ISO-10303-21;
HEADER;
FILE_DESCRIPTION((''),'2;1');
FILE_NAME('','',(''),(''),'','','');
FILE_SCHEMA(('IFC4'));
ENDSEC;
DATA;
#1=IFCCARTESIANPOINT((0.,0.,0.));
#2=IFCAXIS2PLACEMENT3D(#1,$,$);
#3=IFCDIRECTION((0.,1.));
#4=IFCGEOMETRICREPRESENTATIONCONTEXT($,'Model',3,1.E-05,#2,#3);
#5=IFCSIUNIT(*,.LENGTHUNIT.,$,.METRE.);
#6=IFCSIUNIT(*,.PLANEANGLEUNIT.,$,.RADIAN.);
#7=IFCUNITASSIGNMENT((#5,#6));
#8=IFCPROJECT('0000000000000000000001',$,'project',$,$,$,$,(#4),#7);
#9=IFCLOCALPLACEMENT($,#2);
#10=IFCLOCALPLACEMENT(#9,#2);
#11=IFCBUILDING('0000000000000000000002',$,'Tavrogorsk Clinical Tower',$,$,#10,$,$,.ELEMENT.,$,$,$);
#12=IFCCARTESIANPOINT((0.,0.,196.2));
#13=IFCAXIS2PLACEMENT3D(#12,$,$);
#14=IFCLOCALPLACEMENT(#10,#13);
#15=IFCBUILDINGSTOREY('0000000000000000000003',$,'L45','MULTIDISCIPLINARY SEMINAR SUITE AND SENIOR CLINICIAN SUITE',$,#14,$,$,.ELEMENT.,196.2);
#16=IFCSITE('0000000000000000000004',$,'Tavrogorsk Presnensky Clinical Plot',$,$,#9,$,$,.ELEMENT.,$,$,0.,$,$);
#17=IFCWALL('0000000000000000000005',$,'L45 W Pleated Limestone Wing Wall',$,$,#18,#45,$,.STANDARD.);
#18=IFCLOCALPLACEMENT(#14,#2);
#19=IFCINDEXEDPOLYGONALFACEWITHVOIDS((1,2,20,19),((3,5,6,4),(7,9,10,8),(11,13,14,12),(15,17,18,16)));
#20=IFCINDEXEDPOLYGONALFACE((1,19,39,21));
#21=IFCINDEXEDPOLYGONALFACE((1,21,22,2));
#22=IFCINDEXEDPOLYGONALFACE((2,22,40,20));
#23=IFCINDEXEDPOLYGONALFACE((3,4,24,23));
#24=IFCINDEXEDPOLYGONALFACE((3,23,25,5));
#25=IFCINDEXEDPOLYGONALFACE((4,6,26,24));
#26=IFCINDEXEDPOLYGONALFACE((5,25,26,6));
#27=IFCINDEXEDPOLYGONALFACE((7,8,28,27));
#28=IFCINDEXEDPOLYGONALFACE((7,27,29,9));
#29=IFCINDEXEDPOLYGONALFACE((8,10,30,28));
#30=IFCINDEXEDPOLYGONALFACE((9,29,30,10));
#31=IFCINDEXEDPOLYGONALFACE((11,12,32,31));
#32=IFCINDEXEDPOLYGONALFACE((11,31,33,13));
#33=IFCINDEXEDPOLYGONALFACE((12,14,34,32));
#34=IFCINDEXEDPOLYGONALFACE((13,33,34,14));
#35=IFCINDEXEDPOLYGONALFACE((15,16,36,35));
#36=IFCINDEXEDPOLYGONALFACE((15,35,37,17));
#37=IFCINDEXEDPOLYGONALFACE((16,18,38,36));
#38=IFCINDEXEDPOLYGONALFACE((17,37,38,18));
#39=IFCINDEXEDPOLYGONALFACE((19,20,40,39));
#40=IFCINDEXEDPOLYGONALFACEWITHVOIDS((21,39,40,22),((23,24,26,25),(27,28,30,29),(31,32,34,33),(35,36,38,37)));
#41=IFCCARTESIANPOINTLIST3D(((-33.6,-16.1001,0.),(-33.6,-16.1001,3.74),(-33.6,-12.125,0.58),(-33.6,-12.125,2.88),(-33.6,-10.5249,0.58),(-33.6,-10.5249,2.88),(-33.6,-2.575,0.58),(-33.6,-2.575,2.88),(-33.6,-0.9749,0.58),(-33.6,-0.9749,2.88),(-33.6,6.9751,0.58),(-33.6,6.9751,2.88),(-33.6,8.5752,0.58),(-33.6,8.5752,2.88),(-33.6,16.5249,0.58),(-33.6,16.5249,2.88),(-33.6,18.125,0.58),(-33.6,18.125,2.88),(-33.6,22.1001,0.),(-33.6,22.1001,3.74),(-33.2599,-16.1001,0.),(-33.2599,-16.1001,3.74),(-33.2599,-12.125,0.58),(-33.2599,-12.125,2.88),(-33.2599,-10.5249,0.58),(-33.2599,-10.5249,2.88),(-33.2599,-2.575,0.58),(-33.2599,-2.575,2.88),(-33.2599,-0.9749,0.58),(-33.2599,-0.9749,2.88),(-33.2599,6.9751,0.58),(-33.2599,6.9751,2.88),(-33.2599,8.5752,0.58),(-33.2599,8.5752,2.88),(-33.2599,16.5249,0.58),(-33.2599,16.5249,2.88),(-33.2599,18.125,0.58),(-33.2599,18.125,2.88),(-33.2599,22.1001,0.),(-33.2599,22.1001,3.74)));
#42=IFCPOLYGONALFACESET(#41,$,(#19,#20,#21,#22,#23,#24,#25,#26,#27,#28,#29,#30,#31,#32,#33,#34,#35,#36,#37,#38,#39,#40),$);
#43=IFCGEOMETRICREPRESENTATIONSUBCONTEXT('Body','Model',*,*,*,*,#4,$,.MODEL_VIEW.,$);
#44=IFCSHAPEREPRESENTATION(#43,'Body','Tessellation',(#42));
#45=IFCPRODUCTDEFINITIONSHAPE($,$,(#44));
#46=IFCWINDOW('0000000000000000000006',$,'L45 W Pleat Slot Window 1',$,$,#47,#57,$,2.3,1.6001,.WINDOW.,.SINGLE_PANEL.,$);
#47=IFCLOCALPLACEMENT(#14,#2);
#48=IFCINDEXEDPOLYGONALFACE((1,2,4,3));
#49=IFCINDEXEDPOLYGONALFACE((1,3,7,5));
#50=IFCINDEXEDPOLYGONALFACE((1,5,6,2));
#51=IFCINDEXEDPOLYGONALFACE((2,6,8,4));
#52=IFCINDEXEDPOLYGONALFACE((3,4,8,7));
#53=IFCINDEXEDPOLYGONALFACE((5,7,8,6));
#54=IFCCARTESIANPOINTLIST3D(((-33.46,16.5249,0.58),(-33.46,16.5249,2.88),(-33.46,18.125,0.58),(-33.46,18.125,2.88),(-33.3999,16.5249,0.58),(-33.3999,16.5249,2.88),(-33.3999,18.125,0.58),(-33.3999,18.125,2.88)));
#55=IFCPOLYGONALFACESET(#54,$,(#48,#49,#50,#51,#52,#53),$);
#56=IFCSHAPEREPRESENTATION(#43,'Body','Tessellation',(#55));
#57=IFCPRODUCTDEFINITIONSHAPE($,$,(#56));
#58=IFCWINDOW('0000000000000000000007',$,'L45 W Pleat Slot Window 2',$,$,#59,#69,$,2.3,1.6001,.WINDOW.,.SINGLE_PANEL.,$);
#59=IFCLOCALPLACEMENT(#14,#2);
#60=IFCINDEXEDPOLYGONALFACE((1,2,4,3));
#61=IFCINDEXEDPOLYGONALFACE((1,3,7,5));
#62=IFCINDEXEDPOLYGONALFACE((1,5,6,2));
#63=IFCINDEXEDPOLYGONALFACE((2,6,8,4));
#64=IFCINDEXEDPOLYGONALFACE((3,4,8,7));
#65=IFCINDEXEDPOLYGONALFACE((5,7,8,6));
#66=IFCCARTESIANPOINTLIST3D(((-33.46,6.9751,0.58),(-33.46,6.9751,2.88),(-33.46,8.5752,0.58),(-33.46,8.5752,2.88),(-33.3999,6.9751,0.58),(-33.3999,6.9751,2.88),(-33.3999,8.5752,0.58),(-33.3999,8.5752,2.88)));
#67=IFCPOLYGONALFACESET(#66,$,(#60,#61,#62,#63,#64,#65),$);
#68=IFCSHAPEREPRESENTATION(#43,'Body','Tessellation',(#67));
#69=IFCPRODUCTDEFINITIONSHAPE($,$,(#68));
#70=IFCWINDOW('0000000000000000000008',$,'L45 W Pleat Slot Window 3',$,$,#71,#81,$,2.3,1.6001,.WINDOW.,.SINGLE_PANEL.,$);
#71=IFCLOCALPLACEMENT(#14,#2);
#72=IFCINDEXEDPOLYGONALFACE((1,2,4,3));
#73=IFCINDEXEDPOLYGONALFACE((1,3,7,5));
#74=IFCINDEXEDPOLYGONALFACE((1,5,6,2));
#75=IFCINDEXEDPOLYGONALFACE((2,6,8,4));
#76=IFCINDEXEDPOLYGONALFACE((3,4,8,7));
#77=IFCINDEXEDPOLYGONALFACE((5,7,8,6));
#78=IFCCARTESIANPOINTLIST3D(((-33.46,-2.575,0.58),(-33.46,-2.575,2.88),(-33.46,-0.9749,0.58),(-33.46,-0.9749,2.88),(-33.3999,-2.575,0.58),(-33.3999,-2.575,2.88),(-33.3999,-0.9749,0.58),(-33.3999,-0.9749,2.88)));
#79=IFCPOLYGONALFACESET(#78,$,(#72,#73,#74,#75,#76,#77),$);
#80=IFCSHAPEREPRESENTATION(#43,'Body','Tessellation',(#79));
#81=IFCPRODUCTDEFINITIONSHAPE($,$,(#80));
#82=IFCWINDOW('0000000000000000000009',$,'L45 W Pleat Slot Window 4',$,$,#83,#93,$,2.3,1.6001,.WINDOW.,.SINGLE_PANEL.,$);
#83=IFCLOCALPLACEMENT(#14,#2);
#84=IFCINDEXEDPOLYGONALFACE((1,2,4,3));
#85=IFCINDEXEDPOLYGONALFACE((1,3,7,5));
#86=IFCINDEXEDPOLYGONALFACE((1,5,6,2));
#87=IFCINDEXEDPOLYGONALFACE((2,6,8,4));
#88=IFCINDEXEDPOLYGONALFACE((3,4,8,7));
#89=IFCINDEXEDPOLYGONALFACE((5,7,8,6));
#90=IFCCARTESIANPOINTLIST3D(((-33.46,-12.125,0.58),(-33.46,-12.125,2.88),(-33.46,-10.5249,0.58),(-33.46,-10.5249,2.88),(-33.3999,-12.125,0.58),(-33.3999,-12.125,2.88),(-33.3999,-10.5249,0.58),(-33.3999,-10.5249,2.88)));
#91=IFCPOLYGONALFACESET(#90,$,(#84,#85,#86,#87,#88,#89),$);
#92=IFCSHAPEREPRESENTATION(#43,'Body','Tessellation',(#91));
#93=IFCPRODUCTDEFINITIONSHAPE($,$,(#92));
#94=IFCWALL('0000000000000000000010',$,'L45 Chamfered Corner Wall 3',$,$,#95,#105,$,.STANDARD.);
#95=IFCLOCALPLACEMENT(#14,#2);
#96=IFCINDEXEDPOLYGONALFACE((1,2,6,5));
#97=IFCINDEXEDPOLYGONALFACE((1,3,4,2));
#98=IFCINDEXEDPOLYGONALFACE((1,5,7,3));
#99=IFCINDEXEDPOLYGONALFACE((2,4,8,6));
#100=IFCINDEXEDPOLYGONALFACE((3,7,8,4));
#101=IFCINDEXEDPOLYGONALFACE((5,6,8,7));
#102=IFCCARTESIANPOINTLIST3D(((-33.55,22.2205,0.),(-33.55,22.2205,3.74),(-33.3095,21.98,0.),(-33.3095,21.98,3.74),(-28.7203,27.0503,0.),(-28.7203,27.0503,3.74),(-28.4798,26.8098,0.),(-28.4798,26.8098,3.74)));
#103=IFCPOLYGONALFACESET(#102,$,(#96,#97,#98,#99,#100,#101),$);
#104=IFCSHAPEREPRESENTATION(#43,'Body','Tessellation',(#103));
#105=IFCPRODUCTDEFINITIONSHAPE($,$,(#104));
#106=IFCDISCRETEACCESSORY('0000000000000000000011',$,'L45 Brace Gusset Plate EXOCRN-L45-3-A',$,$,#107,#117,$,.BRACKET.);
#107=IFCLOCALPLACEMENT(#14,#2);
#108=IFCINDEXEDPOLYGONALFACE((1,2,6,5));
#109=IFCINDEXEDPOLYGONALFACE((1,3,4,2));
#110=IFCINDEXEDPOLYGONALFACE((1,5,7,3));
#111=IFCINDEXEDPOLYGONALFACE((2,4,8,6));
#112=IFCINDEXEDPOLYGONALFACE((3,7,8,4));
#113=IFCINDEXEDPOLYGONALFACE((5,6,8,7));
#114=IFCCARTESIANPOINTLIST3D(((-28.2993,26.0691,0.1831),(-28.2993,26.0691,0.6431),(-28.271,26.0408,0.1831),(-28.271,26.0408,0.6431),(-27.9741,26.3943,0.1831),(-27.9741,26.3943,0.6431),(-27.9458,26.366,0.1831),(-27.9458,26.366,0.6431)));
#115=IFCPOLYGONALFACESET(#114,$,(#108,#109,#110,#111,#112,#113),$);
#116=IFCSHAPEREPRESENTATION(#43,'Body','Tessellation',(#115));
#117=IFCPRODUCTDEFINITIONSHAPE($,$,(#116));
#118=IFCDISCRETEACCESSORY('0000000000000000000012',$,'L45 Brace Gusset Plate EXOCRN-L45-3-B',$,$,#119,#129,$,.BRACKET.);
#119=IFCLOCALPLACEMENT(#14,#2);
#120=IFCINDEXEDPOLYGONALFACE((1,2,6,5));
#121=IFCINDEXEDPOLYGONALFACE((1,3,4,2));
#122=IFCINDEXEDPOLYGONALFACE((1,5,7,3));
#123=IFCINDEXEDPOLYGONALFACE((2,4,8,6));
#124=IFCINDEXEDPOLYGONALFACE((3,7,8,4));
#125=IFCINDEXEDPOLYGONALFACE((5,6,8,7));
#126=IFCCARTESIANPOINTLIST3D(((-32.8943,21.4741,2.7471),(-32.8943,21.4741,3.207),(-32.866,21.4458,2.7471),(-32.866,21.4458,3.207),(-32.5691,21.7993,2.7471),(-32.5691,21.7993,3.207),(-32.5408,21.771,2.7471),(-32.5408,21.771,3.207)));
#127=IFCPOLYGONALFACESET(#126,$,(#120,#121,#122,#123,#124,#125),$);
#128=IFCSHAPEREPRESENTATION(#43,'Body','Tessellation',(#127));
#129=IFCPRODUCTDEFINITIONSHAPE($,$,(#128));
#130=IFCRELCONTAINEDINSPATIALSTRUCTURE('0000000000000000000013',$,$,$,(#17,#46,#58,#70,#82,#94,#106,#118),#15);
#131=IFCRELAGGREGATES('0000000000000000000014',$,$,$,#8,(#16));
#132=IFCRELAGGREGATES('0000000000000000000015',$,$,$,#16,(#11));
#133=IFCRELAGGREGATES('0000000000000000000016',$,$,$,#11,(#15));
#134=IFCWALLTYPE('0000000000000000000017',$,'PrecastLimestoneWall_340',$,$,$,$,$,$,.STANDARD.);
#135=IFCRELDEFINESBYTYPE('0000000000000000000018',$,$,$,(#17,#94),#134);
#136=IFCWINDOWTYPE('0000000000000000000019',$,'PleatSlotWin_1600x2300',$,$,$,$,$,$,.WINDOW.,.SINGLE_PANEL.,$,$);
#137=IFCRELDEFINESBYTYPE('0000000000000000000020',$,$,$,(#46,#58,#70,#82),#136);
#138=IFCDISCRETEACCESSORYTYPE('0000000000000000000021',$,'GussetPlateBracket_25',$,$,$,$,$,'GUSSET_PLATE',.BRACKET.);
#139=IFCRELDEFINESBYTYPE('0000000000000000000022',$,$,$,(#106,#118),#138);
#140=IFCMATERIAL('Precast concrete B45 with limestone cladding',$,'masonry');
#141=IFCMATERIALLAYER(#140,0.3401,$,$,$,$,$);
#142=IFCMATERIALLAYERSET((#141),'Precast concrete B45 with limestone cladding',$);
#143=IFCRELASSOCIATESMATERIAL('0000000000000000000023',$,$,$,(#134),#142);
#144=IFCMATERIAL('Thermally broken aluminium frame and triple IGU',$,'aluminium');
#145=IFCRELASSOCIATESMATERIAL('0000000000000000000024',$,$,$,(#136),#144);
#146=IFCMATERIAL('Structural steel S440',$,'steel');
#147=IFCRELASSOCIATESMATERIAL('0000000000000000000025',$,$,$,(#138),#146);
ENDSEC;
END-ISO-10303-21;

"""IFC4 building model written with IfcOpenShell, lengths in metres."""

from ifc_helpers import new_model, si_unit, direction, frame, frame_2d, origin, origin_2d, place, context, subcontext, project, spatial, rectangle, extrude, material, layer, layer_set, type_object, element, fill, save


model = new_model("IFC4")

# Units and contexts
model_context = context("Model", 3, precision=1e-05, world=origin(), true_north=direction((0.0, 1.0)))
body_context = subcontext(model_context, "Body", "Model", "MODEL_VIEW")
ifc_project = project(units=[si_unit("LENGTHUNIT", "METRE"), si_unit("PLANEANGLEUNIT", "RADIAN")], contexts=[model_context])

# Site, building, storey
site_placement = place(None, origin())
site = spatial("IfcSite", under=ifc_project, at=site_placement, Name="Tavrogorsk Presnensky Clinical Plot", CompositionType="ELEMENT", RefElevation=0.0)
building_placement = place(site_placement, origin())
building = spatial("IfcBuilding", under=site, at=building_placement, Name="Tavrogorsk Clinical Tower", CompositionType="ELEMENT")
storey_placement = place(building_placement, frame((0.0, 0.0, 196.2)))
storey = spatial("IfcBuildingStorey", under=building, at=storey_placement, Name="L45", Description="MULTIDISCIPLINARY SEMINAR SUITE AND SENIOR CLINICIAN SUITE", CompositionType="ELEMENT", Elevation=196.2)

# Wall, openings, windows
ifc_material_1 = material(Name="Precast concrete B45 with limestone cladding", Category="masonry")
ifc_layer_1 = layer(ifc_material_1, 0.3401)
ifc_layer_set_1 = layer_set([ifc_layer_1], Name="Precast concrete B45 with limestone cladding")
wall_type_1 = type_object("IfcWallType", Name="PrecastLimestoneWall_340", PredefinedType="STANDARD", material=ifc_layer_set_1)
wall_1_placement = place(storey_placement, frame((-33.4299, 22.1001, 0.0), z_axis=(0.0, 0.0, 1.0), x_axis=(0.0, -1.0, 0.0)))
wall_1 = element("IfcWall", 1, at=wall_1_placement, inside=storey, type_object=wall_type_1, Name="L45 W Pleated Limestone Wing Wall", PredefinedType="STANDARD", context=body_context, shape_type="SweptSolid", body=[
    extrude(rectangle(XDim=38.2002, YDim=0.3401, at=frame_2d((19.1001, 0.0))), origin(), (0.0, 0.0, 1.0), 3.74),
])
opening_1_placement = place(wall_1_placement, frame((3.9751, 0.0, 0.5801)))
opening_1 = element("IfcOpeningElement", 2, at=opening_1_placement, cuts=wall_1, PredefinedType="OPENING", context=body_context, shape_type="SweptSolid", body=[
    extrude(rectangle(XDim=1.6001, YDim=2.3, at=frame_2d((0.8, 1.1499))), frame((0.0, 0.1799, 0.0), z_axis=(0.0, -1.0, 0.0), x_axis=(1.0, 0.0, 0.0)), (0.0, 0.0, 1.0), 0.3601),
])
opening_2_placement = place(wall_1_placement, frame((13.5249, 0.0, 0.5801)))
opening_2 = element("IfcOpeningElement", 3, at=opening_2_placement, cuts=wall_1, PredefinedType="OPENING", context=body_context, shape_type="SweptSolid", body=[
    extrude(rectangle(XDim=1.6001, YDim=2.3, at=frame_2d((0.8, 1.1499))), frame((0.0, 0.1799, 0.0), z_axis=(0.0, -1.0, 0.0), x_axis=(1.0, 0.0, 0.0)), (0.0, 0.0, 1.0), 0.3601),
])
opening_3_placement = place(wall_1_placement, frame((23.075, 0.0, 0.5801)))
opening_3 = element("IfcOpeningElement", 4, at=opening_3_placement, cuts=wall_1, PredefinedType="OPENING", context=body_context, shape_type="SweptSolid", body=[
    extrude(rectangle(XDim=1.6001, YDim=2.3, at=frame_2d((0.8, 1.1499))), frame((0.0, 0.1799, 0.0), z_axis=(0.0, -1.0, 0.0), x_axis=(1.0, 0.0, 0.0)), (0.0, 0.0, 1.0), 0.3601),
])
opening_4_placement = place(wall_1_placement, frame((32.625, 0.0, 0.5801)))
opening_4 = element("IfcOpeningElement", 5, at=opening_4_placement, cuts=wall_1, PredefinedType="OPENING", context=body_context, shape_type="SweptSolid", body=[
    extrude(rectangle(XDim=1.6001, YDim=2.3, at=frame_2d((0.8, 1.1499))), frame((0.0, 0.1799, 0.0), z_axis=(0.0, -1.0, 0.0), x_axis=(1.0, 0.0, 0.0)), (0.0, 0.0, 1.0), 0.3601),
])
ifc_material_2 = material(Name="Thermally broken aluminium frame and triple IGU", Category="aluminium")
window_type = type_object("IfcWindowType", Name="PleatSlotWin_1600x2300", PartitioningType="SINGLE_PANEL", PredefinedType="WINDOW", material=ifc_material_2)
window_1_placement = place(opening_1_placement, origin())
window_1 = element("IfcWindow", 6, at=window_1_placement, inside=storey, type_object=window_type, Name="L45 W Pleat Slot Window 1", OverallHeight=2.3, OverallWidth=1.6001, PartitioningType="SINGLE_PANEL", PredefinedType="WINDOW", context=body_context, shape_type="SweptSolid", body=[
    extrude(rectangle(XDim=1.6001, YDim=2.3, at=frame_2d((0.8, 1.1499))), frame((0.0, 0.03, 0.0), z_axis=(0.0, -1.0, 0.0), x_axis=(1.0, 0.0, 0.0)), (0.0, 0.0, 1.0), 0.0601),
])
fill(opening_1, window_1)
window_2_placement = place(opening_2_placement, origin())
window_2 = element("IfcWindow", 7, at=window_2_placement, inside=storey, type_object=window_type, Name="L45 W Pleat Slot Window 2", OverallHeight=2.3, OverallWidth=1.6001, PartitioningType="SINGLE_PANEL", PredefinedType="WINDOW", context=body_context, shape_type="SweptSolid", body=[
    extrude(rectangle(XDim=1.6001, YDim=2.3, at=frame_2d((0.8, 1.1499))), frame((0.0, 0.03, 0.0), z_axis=(0.0, -1.0, 0.0), x_axis=(1.0, 0.0, 0.0)), (0.0, 0.0, 1.0), 0.0601),
])
fill(opening_2, window_2)
window_3_placement = place(opening_3_placement, origin())
window_3 = element("IfcWindow", 8, at=window_3_placement, inside=storey, type_object=window_type, Name="L45 W Pleat Slot Window 3", OverallHeight=2.3, OverallWidth=1.6001, PartitioningType="SINGLE_PANEL", PredefinedType="WINDOW", context=body_context, shape_type="SweptSolid", body=[
    extrude(rectangle(XDim=1.6001, YDim=2.3, at=frame_2d((0.8, 1.1499))), frame((0.0, 0.03, 0.0), z_axis=(0.0, -1.0, 0.0), x_axis=(1.0, 0.0, 0.0)), (0.0, 0.0, 1.0), 0.0601),
])
fill(opening_3, window_3)
window_4_placement = place(opening_4_placement, origin())
window_4 = element("IfcWindow", 9, at=window_4_placement, inside=storey, type_object=window_type, Name="L45 W Pleat Slot Window 4", OverallHeight=2.3, OverallWidth=1.6001, PartitioningType="SINGLE_PANEL", PredefinedType="WINDOW", context=body_context, shape_type="SweptSolid", body=[
    extrude(rectangle(XDim=1.6001, YDim=2.3, at=frame_2d((0.8, 1.1499))), frame((0.0, 0.03, 0.0), z_axis=(0.0, -1.0, 0.0), x_axis=(1.0, 0.0, 0.0)), (0.0, 0.0, 1.0), 0.0601),
])
fill(opening_4, window_4)

# Wall
wall_2_placement = place(storey_placement, frame((-28.6001, 26.9299, 0.0), z_axis=(0.0, 0.0, 1.0), x_axis=(-0.707107, -0.707107, 0.0)))
element("IfcWall", 10, at=wall_2_placement, inside=storey, type_object=wall_type_1, Name="L45 Chamfered Corner Wall 3", PredefinedType="STANDARD", context=body_context, shape_type="SweptSolid", body=[
    extrude(rectangle(XDim=6.8303, YDim=0.3401, at=frame_2d((3.415, 0.0))), origin(), (0.0, 0.0, 1.0), 3.74),
])

# Discrete accessories
ifc_material_3 = material(Name="Structural steel S440", Category="steel")
discrete_accessory_type = type_object("IfcDiscreteAccessoryType", Name="GussetPlateBracket_25", ElementType="GUSSET_PLATE", PredefinedType="BRACKET", material=ifc_material_3)
for number, where, z_axis, x_axis, name in (
    (11, (-28.1226, 26.2175, 0.1831), (0.0, 0.0, 1.0), (-0.707107, -0.707107, 0.0), "L45 Brace Gusset Plate EXOCRN-L45-3-A"),
    (12, (-32.7175, 21.6226, 2.7471), (0.0, 0.0, 1.0), (-0.707107, -0.707107, 0.0), "L45 Brace Gusset Plate EXOCRN-L45-3-B"),
):
    element("IfcDiscreteAccessory", number, at=place(storey_placement, frame(where, z_axis=z_axis, x_axis=x_axis)), inside=storey, type_object=discrete_accessory_type, Name=name, PredefinedType="BRACKET", context=body_context, shape_type="SweptSolid", body=[
        extrude(rectangle(XDim=0.46, YDim=0.04, at=origin_2d()), origin(), (0.0, 0.0, 1.0), 0.46),
    ])

save(model, "model.ifc")
